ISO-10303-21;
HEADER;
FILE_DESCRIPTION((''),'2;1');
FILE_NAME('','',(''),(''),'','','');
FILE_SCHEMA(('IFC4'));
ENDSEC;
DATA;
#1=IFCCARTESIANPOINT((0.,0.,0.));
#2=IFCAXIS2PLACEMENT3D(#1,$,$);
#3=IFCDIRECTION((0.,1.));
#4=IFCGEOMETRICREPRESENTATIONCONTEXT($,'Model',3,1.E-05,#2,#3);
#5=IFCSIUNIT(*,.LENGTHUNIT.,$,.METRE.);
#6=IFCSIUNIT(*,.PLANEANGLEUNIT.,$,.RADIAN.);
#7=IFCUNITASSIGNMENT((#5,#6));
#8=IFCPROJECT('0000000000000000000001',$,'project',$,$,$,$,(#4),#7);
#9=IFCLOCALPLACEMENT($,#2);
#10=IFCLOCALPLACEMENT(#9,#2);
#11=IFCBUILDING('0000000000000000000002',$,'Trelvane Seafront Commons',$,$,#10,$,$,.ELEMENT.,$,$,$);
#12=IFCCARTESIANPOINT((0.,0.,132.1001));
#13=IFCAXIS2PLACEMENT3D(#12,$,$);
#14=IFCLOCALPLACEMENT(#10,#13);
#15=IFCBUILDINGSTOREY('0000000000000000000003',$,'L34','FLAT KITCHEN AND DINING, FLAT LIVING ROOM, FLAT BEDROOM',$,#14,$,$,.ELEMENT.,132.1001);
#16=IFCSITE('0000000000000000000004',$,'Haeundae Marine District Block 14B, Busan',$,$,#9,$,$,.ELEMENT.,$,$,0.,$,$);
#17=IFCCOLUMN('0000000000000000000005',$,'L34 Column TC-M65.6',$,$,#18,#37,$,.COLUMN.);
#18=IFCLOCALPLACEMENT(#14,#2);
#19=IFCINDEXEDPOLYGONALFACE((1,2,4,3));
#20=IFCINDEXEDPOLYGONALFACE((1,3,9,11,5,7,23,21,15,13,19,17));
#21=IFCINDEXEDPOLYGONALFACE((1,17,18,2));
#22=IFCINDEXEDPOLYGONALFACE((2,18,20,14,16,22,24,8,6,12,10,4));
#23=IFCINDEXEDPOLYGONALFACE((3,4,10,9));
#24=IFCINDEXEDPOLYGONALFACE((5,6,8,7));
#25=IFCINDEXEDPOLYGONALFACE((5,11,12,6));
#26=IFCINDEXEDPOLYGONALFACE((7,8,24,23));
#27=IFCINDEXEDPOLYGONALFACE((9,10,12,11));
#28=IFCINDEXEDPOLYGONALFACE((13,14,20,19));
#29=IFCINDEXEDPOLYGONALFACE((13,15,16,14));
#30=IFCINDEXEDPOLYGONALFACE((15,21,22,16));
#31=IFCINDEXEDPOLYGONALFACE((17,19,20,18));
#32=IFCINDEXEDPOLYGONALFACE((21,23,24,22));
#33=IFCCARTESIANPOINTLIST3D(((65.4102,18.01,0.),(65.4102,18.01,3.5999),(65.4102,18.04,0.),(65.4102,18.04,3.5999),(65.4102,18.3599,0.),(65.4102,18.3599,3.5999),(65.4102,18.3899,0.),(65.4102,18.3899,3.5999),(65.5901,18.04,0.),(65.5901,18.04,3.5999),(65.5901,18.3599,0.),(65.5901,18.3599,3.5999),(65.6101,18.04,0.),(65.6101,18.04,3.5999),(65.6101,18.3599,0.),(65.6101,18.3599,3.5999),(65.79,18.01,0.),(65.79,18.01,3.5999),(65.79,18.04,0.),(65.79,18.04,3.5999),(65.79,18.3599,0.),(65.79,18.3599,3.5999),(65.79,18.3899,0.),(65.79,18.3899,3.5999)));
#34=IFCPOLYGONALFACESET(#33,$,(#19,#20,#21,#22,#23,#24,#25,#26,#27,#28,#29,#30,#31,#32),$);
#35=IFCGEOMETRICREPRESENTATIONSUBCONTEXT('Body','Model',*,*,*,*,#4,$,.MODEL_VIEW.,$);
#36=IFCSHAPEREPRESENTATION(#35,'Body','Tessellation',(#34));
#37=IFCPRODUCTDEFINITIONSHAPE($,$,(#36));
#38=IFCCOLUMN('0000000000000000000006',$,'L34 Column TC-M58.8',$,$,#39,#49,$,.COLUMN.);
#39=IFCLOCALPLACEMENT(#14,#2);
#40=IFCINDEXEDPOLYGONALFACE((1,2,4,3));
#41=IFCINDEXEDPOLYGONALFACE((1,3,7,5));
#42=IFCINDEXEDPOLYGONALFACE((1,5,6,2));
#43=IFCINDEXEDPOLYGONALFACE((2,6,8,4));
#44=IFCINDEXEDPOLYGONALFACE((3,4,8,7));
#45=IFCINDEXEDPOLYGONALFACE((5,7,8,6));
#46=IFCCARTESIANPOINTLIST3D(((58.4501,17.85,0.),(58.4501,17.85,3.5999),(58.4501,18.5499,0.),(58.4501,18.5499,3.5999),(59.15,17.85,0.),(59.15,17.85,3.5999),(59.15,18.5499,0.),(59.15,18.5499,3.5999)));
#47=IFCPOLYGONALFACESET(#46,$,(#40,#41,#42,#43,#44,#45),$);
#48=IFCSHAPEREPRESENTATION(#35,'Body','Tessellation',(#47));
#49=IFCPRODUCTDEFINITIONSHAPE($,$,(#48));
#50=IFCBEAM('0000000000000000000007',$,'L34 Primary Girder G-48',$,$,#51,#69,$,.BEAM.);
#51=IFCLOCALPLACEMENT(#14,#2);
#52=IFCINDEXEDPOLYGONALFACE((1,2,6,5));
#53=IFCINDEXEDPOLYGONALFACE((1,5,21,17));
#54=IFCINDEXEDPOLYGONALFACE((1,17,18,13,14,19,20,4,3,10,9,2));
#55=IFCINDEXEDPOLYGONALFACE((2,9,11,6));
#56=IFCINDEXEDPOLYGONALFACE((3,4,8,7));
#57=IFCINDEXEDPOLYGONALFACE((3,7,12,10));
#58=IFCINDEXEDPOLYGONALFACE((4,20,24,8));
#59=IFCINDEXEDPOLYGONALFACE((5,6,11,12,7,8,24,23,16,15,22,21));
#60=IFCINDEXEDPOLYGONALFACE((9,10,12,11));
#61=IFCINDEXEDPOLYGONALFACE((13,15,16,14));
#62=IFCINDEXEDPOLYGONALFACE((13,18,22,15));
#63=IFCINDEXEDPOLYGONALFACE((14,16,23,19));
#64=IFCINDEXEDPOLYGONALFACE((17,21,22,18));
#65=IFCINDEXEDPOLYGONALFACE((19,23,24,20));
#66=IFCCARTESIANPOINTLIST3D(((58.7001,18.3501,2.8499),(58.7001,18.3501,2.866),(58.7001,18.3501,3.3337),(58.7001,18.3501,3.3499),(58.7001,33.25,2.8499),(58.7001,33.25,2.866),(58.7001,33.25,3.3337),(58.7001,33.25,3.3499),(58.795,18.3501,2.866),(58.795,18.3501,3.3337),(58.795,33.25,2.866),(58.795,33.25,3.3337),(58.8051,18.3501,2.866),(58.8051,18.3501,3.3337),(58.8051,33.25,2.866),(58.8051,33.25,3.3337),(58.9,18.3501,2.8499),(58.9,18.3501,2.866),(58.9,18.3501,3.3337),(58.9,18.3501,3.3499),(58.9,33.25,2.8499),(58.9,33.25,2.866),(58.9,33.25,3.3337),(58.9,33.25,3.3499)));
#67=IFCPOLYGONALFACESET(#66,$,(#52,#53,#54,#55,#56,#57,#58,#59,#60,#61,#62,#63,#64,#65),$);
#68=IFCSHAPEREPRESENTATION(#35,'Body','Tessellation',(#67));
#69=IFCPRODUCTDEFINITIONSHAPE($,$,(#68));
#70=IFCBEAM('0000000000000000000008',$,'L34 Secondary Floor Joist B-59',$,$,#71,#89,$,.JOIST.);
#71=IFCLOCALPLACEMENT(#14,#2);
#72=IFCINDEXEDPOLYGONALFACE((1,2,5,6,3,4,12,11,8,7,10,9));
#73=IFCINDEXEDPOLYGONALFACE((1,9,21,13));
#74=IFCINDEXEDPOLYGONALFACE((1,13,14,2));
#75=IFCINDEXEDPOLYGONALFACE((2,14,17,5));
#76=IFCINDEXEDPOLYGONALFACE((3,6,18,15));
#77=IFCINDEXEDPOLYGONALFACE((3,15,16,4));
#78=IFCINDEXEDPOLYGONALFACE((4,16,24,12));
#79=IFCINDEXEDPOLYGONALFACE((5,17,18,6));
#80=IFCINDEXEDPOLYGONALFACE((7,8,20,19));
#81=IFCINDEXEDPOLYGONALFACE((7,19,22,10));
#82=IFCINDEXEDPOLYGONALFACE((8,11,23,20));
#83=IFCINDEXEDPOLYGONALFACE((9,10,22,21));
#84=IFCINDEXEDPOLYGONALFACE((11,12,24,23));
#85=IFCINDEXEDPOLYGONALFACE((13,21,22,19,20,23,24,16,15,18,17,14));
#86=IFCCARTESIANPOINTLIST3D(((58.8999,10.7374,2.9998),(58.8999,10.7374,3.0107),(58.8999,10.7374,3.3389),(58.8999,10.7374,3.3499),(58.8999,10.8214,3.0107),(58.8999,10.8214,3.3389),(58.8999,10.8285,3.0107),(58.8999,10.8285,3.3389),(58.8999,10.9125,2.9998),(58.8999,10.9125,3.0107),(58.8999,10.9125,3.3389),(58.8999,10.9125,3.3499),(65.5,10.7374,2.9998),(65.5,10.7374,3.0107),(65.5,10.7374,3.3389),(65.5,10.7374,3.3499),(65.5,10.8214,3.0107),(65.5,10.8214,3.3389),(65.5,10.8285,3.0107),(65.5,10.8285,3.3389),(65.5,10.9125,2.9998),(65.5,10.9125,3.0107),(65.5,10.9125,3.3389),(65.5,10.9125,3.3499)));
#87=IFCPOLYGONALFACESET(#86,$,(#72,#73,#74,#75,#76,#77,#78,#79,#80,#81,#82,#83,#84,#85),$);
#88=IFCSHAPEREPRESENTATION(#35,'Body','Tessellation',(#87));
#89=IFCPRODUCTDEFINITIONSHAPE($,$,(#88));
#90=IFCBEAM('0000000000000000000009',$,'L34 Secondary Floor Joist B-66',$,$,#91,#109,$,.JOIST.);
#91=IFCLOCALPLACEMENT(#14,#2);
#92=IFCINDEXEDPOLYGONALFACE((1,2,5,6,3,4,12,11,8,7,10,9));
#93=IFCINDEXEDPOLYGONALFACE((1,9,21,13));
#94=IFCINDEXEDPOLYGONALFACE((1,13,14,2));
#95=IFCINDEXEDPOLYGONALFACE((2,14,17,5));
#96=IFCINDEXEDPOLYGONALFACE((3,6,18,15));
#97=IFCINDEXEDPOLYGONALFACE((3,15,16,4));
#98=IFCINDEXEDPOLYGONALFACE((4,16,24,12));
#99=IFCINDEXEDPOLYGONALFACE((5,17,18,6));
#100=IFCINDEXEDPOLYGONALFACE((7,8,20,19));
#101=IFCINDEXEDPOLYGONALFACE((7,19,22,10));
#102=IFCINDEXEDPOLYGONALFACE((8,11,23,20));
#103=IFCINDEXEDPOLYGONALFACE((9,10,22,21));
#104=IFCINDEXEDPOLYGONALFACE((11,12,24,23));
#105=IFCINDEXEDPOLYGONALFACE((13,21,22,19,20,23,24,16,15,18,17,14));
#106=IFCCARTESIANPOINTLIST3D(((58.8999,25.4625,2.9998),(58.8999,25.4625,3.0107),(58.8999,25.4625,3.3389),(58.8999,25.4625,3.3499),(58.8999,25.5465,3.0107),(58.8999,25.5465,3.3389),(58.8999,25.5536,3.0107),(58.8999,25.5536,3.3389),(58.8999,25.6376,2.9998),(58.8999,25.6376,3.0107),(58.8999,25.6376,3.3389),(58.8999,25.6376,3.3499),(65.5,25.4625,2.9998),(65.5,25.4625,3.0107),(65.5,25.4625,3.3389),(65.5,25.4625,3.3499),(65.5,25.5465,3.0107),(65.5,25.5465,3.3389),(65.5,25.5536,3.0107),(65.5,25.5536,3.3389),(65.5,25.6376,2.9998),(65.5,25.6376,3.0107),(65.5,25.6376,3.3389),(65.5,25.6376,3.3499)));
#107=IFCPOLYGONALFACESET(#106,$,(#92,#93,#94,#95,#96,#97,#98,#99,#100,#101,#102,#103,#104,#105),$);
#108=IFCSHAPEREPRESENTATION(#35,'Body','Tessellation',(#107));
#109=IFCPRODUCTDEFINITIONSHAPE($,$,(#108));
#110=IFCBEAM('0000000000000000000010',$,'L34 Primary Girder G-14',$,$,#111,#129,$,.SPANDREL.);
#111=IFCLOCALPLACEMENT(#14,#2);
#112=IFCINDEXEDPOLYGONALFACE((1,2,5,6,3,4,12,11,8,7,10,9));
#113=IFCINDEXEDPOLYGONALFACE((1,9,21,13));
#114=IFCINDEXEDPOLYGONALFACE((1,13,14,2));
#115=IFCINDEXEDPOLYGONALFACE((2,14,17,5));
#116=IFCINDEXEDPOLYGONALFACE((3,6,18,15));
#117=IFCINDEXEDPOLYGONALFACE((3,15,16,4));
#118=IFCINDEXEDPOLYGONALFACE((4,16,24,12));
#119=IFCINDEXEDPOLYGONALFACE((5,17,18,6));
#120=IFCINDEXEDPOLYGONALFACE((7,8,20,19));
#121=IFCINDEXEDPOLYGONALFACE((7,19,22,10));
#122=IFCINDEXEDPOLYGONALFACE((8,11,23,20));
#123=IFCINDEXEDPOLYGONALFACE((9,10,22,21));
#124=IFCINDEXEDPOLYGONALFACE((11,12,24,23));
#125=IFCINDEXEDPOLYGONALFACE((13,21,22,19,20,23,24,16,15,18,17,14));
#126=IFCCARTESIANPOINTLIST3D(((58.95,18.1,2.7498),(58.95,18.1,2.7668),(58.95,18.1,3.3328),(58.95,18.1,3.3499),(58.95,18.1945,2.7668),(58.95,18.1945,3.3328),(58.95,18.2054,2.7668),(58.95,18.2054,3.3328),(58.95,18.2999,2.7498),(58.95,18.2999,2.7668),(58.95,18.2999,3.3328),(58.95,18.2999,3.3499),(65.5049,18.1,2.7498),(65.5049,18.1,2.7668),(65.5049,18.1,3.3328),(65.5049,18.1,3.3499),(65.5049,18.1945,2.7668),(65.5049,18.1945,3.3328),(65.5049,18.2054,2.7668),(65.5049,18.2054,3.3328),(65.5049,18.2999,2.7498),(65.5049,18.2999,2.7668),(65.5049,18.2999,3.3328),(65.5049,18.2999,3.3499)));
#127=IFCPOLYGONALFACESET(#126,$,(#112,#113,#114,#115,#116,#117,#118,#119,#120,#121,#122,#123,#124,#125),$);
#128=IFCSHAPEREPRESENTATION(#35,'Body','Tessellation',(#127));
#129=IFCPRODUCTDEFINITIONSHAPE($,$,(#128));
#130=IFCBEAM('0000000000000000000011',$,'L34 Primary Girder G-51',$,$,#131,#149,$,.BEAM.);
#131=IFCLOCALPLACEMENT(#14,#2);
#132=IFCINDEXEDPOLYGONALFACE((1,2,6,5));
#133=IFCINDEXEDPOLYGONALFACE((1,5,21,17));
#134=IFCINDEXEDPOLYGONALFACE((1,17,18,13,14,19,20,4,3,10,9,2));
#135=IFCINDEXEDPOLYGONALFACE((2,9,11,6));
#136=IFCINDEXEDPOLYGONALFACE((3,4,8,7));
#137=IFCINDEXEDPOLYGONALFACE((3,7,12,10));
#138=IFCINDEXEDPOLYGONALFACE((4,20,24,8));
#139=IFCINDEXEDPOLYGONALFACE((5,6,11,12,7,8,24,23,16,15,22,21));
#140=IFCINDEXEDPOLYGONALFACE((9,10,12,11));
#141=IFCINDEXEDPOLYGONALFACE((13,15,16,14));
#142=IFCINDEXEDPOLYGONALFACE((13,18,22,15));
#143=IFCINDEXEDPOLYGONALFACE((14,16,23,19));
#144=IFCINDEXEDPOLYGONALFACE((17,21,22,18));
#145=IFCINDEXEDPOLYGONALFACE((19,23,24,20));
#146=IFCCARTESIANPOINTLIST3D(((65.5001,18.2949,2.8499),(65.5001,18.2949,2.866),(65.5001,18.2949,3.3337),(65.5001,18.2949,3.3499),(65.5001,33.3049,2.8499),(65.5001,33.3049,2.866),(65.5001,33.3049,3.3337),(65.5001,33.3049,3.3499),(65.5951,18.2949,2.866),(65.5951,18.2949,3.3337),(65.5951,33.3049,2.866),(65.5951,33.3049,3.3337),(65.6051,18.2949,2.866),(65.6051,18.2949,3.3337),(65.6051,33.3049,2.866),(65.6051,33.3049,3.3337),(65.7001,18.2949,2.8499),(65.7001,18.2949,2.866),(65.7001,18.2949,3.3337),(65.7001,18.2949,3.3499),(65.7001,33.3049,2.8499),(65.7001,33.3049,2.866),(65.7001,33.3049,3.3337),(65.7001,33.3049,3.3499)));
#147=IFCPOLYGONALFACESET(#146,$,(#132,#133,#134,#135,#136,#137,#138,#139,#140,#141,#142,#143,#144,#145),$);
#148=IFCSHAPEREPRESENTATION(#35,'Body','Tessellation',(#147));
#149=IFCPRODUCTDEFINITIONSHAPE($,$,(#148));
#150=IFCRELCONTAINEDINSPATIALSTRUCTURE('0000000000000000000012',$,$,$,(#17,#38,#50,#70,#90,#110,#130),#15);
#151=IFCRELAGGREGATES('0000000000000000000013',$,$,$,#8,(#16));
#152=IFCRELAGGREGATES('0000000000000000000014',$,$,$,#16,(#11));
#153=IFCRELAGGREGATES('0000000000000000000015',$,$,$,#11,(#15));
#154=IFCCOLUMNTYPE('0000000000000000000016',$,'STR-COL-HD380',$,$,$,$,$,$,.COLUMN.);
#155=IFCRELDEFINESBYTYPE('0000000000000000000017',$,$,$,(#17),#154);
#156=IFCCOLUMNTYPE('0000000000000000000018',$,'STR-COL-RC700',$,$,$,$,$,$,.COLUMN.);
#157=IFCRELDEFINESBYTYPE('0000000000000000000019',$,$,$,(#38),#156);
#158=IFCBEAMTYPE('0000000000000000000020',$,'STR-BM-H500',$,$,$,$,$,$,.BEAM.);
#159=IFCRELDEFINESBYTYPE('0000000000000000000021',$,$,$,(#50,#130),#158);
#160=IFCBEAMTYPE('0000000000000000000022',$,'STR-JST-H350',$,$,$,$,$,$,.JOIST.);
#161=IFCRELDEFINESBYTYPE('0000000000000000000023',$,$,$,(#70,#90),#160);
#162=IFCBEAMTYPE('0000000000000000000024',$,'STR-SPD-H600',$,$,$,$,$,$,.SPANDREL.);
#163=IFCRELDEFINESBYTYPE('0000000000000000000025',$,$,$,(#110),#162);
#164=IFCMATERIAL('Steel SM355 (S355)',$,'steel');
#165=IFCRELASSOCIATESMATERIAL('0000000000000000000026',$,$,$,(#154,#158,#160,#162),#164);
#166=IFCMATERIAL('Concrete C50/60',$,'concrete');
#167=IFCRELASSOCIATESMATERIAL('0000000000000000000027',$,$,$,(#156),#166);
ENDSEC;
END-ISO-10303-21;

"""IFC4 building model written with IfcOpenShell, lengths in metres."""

from ifc_helpers import new_model, si_unit, direction, frame, origin, origin_2d, place, context, subcontext, project, spatial, rectangle, i_section, extrude, source, transform, mapped, material, material_profile, profile_set, type_object, element, save


model = new_model("IFC4")

# Units and contexts
model_context = context("Model", 3, precision=1e-05, world=origin(), true_north=direction((0.0, 1.0)))
body_context = subcontext(model_context, "Body", "Model", "MODEL_VIEW")
ifc_project = project(units=[si_unit("LENGTHUNIT", "METRE"), si_unit("PLANEANGLEUNIT", "RADIAN")], contexts=[model_context])

# Site, building, storey
site_placement = place(None, origin())
site = spatial("IfcSite", under=ifc_project, at=site_placement, Name="Haeundae Marine District Block 14B, Busan", CompositionType="ELEMENT", RefElevation=0.0)
building_placement = place(site_placement, origin())
building = spatial("IfcBuilding", under=site, at=building_placement, Name="Trelvane Seafront Commons", CompositionType="ELEMENT")
storey_placement = place(building_placement, frame((0.0, 0.0, 132.1001)))
storey = spatial("IfcBuildingStorey", under=building, at=storey_placement, Name="L34", Description="FLAT KITCHEN AND DINING, FLAT LIVING ROOM, FLAT BEDROOM", CompositionType="ELEMENT", Elevation=132.1001)

# Columns
ifc_material_1 = material(Name="Steel SM355 (S355)", Category="steel")
ifc_material_profile_1 = material_profile(ifc_material_1, i_section(OverallWidth=0.3799, OverallDepth=0.3799, WebThickness=0.02, FlangeThickness=0.03, at=origin_2d()), Name="HD-380x380x20x30")
ifc_profile_set_1 = profile_set([ifc_material_profile_1], Name="Steel SM355 (S355)")
column_type_1 = type_object("IfcColumnType", Name="STR-COL-HD380", PredefinedType="COLUMN", material=ifc_profile_set_1)
shared_shape_1 = source(origin(), body_context, "Body", "SweptSolid", [
    extrude(i_section(OverallWidth=0.3799, OverallDepth=0.3799, WebThickness=0.02, FlangeThickness=0.03, at=origin_2d()), origin(), (0.0, 0.0, 1.0), 3.5999),
])
column_1_placement = place(storey_placement, frame((65.6001, 18.2, 0.0), z_axis=(0.0, 0.0, 1.0), x_axis=(1.0, 0.0, 0.0)))
element("IfcColumn", 1, at=column_1_placement, inside=storey, type_object=column_type_1, Name="L34 Column TC-M65.6", PredefinedType="COLUMN", context=body_context, shape_type="MappedRepresentation", body=[
    mapped(shared_shape_1, transform((0.0, 0.0, 0.0), x_axis=(1.0, 0.0, 0.0), y_axis=(0.0, 1.0, 0.0), z_axis=(0.0, 0.0, 1.0), scale=1.0)),
])
ifc_material_2 = material(Name="Concrete C50/60", Category="concrete")
ifc_material_profile_2 = material_profile(ifc_material_2, rectangle(XDim=0.7, YDim=0.7, at=origin_2d()), Name="RC-700x700")
ifc_profile_set_2 = profile_set([ifc_material_profile_2], Name="Concrete C50/60")
column_type_2 = type_object("IfcColumnType", Name="STR-COL-RC700", PredefinedType="COLUMN", material=ifc_profile_set_2)
shared_shape_2 = source(origin(), body_context, "Body", "SweptSolid", [
    extrude(rectangle(XDim=0.7, YDim=0.7, at=origin_2d()), origin(), (0.0, 0.0, 1.0), 3.5999),
])
column_2_placement = place(storey_placement, frame((58.8, 18.2, 0.0), z_axis=(0.0, 0.0, 1.0), x_axis=(1.0, 0.0, 0.0)))
element("IfcColumn", 2, at=column_2_placement, inside=storey, type_object=column_type_2, Name="L34 Column TC-M58.8", PredefinedType="COLUMN", context=body_context, shape_type="MappedRepresentation", body=[
    mapped(shared_shape_2, transform((0.0, 0.0, 0.0), x_axis=(1.0, 0.0, 0.0), y_axis=(0.0, 1.0, 0.0), z_axis=(0.0, 0.0, 1.0), scale=1.0)),
])

# Beams
ifc_material_profile_3 = material_profile(ifc_material_1, i_section(OverallWidth=0.2, OverallDepth=0.5, WebThickness=0.01, FlangeThickness=0.0161, at=origin_2d()), Name="H-500x200x10x16")
ifc_profile_set_3 = profile_set([ifc_material_profile_3], Name="Steel SM355 (S355)")
beam_type_1 = type_object("IfcBeamType", Name="STR-BM-H500", PredefinedType="BEAM", material=ifc_profile_set_3)
shared_shape_3 = source(origin(), body_context, "Body", "SweptSolid", [
    extrude(i_section(OverallWidth=0.2, OverallDepth=0.5, WebThickness=0.01, FlangeThickness=0.0161, at=origin_2d()), origin(), (0.0, 0.0, 1.0), 14.8999),
])
beam_1_placement = place(storey_placement, frame((58.8, 18.3501, 3.0999), z_axis=(0.0, 1.0, 0.0), x_axis=(-1.0, 0.0, 0.0)))
element("IfcBeam", 3, at=beam_1_placement, inside=storey, type_object=beam_type_1, Name="L34 Primary Girder G-48", PredefinedType="BEAM", context=body_context, shape_type="MappedRepresentation", body=[
    mapped(shared_shape_3, transform((0.0, 0.0, 0.0), x_axis=(1.0, 0.0, 0.0), y_axis=(0.0, 1.0, 0.0), z_axis=(0.0, 0.0, 1.0), scale=1.0)),
])
ifc_material_profile_4 = material_profile(ifc_material_1, i_section(OverallWidth=0.175, OverallDepth=0.3501, WebThickness=0.0071, FlangeThickness=0.011, at=origin_2d()), Name="H-350x175x7x11")
ifc_profile_set_4 = profile_set([ifc_material_profile_4], Name="Steel SM355 (S355)")
beam_type_2 = type_object("IfcBeamType", Name="STR-JST-H350", PredefinedType="JOIST", material=ifc_profile_set_4)
shared_shape_4 = source(origin(), body_context, "Body", "SweptSolid", [
    extrude(i_section(OverallWidth=0.175, OverallDepth=0.3501, WebThickness=0.0071, FlangeThickness=0.011, at=origin_2d()), origin(), (0.0, 0.0, 1.0), 6.6001),
])
for number, where, z_axis, x_axis, name in (
    (4, (58.8999, 10.825, 3.1748), (1.0, 0.0, 0.0), (0.0, 1.0, 0.0), "L34 Secondary Floor Joist B-59"),
    (5, (58.8999, 25.55, 3.1748), (1.0, 0.0, 0.0), (0.0, 1.0, 0.0), "L34 Secondary Floor Joist B-66"),
):
    element("IfcBeam", number, at=place(storey_placement, frame(where, z_axis=z_axis, x_axis=x_axis)), inside=storey, type_object=beam_type_2, Name=name, PredefinedType="JOIST", context=body_context, shape_type="MappedRepresentation", body=[
        mapped(shared_shape_4, transform((0.0, 0.0, 0.0), x_axis=(1.0, 0.0, 0.0), y_axis=(0.0, 1.0, 0.0), z_axis=(0.0, 0.0, 1.0), scale=1.0)),
    ])
ifc_material_profile_5 = material_profile(ifc_material_1, i_section(OverallWidth=0.2, OverallDepth=0.6001, WebThickness=0.011, FlangeThickness=0.0171, at=origin_2d()), Name="H-600x200x11x17")
ifc_profile_set_5 = profile_set([ifc_material_profile_5], Name="Steel SM355 (S355)")
beam_type_3 = type_object("IfcBeamType", Name="STR-SPD-H600", PredefinedType="SPANDREL", material=ifc_profile_set_5)
shared_shape_5 = source(origin(), body_context, "Body", "SweptSolid", [
    extrude(i_section(OverallWidth=0.2, OverallDepth=0.6001, WebThickness=0.011, FlangeThickness=0.0171, at=origin_2d()), origin(), (0.0, 0.0, 1.0), 6.5549),
])
beam_2_placement = place(storey_placement, frame((58.95, 18.2, 3.0498), z_axis=(1.0, 0.0, 0.0), x_axis=(0.0, 1.0, 0.0)))
element("IfcBeam", 6, at=beam_2_placement, inside=storey, type_object=beam_type_3, Name="L34 Primary Girder G-14", PredefinedType="SPANDREL", context=body_context, shape_type="MappedRepresentation", body=[
    mapped(shared_shape_5, transform((0.0, 0.0, 0.0), x_axis=(1.0, 0.0, 0.0), y_axis=(0.0, 1.0, 0.0), z_axis=(0.0, 0.0, 1.0), scale=1.0)),
])
shared_shape_6 = source(origin(), body_context, "Body", "SweptSolid", [
    extrude(i_section(OverallWidth=0.2, OverallDepth=0.5, WebThickness=0.01, FlangeThickness=0.0161, at=origin_2d()), origin(), (0.0, 0.0, 1.0), 15.01),
])
beam_3_placement = place(storey_placement, frame((65.6001, 18.2949, 3.0999), z_axis=(0.0, 1.0, 0.0), x_axis=(-1.0, 0.0, 0.0)))
element("IfcBeam", 7, at=beam_3_placement, inside=storey, type_object=beam_type_1, Name="L34 Primary Girder G-51", PredefinedType="BEAM", context=body_context, shape_type="MappedRepresentation", body=[
    mapped(shared_shape_6, transform((0.0, 0.0, 0.0), x_axis=(1.0, 0.0, 0.0), y_axis=(0.0, 1.0, 0.0), z_axis=(0.0, 0.0, 1.0), scale=1.0)),
])

save(model, "model.ifc")
